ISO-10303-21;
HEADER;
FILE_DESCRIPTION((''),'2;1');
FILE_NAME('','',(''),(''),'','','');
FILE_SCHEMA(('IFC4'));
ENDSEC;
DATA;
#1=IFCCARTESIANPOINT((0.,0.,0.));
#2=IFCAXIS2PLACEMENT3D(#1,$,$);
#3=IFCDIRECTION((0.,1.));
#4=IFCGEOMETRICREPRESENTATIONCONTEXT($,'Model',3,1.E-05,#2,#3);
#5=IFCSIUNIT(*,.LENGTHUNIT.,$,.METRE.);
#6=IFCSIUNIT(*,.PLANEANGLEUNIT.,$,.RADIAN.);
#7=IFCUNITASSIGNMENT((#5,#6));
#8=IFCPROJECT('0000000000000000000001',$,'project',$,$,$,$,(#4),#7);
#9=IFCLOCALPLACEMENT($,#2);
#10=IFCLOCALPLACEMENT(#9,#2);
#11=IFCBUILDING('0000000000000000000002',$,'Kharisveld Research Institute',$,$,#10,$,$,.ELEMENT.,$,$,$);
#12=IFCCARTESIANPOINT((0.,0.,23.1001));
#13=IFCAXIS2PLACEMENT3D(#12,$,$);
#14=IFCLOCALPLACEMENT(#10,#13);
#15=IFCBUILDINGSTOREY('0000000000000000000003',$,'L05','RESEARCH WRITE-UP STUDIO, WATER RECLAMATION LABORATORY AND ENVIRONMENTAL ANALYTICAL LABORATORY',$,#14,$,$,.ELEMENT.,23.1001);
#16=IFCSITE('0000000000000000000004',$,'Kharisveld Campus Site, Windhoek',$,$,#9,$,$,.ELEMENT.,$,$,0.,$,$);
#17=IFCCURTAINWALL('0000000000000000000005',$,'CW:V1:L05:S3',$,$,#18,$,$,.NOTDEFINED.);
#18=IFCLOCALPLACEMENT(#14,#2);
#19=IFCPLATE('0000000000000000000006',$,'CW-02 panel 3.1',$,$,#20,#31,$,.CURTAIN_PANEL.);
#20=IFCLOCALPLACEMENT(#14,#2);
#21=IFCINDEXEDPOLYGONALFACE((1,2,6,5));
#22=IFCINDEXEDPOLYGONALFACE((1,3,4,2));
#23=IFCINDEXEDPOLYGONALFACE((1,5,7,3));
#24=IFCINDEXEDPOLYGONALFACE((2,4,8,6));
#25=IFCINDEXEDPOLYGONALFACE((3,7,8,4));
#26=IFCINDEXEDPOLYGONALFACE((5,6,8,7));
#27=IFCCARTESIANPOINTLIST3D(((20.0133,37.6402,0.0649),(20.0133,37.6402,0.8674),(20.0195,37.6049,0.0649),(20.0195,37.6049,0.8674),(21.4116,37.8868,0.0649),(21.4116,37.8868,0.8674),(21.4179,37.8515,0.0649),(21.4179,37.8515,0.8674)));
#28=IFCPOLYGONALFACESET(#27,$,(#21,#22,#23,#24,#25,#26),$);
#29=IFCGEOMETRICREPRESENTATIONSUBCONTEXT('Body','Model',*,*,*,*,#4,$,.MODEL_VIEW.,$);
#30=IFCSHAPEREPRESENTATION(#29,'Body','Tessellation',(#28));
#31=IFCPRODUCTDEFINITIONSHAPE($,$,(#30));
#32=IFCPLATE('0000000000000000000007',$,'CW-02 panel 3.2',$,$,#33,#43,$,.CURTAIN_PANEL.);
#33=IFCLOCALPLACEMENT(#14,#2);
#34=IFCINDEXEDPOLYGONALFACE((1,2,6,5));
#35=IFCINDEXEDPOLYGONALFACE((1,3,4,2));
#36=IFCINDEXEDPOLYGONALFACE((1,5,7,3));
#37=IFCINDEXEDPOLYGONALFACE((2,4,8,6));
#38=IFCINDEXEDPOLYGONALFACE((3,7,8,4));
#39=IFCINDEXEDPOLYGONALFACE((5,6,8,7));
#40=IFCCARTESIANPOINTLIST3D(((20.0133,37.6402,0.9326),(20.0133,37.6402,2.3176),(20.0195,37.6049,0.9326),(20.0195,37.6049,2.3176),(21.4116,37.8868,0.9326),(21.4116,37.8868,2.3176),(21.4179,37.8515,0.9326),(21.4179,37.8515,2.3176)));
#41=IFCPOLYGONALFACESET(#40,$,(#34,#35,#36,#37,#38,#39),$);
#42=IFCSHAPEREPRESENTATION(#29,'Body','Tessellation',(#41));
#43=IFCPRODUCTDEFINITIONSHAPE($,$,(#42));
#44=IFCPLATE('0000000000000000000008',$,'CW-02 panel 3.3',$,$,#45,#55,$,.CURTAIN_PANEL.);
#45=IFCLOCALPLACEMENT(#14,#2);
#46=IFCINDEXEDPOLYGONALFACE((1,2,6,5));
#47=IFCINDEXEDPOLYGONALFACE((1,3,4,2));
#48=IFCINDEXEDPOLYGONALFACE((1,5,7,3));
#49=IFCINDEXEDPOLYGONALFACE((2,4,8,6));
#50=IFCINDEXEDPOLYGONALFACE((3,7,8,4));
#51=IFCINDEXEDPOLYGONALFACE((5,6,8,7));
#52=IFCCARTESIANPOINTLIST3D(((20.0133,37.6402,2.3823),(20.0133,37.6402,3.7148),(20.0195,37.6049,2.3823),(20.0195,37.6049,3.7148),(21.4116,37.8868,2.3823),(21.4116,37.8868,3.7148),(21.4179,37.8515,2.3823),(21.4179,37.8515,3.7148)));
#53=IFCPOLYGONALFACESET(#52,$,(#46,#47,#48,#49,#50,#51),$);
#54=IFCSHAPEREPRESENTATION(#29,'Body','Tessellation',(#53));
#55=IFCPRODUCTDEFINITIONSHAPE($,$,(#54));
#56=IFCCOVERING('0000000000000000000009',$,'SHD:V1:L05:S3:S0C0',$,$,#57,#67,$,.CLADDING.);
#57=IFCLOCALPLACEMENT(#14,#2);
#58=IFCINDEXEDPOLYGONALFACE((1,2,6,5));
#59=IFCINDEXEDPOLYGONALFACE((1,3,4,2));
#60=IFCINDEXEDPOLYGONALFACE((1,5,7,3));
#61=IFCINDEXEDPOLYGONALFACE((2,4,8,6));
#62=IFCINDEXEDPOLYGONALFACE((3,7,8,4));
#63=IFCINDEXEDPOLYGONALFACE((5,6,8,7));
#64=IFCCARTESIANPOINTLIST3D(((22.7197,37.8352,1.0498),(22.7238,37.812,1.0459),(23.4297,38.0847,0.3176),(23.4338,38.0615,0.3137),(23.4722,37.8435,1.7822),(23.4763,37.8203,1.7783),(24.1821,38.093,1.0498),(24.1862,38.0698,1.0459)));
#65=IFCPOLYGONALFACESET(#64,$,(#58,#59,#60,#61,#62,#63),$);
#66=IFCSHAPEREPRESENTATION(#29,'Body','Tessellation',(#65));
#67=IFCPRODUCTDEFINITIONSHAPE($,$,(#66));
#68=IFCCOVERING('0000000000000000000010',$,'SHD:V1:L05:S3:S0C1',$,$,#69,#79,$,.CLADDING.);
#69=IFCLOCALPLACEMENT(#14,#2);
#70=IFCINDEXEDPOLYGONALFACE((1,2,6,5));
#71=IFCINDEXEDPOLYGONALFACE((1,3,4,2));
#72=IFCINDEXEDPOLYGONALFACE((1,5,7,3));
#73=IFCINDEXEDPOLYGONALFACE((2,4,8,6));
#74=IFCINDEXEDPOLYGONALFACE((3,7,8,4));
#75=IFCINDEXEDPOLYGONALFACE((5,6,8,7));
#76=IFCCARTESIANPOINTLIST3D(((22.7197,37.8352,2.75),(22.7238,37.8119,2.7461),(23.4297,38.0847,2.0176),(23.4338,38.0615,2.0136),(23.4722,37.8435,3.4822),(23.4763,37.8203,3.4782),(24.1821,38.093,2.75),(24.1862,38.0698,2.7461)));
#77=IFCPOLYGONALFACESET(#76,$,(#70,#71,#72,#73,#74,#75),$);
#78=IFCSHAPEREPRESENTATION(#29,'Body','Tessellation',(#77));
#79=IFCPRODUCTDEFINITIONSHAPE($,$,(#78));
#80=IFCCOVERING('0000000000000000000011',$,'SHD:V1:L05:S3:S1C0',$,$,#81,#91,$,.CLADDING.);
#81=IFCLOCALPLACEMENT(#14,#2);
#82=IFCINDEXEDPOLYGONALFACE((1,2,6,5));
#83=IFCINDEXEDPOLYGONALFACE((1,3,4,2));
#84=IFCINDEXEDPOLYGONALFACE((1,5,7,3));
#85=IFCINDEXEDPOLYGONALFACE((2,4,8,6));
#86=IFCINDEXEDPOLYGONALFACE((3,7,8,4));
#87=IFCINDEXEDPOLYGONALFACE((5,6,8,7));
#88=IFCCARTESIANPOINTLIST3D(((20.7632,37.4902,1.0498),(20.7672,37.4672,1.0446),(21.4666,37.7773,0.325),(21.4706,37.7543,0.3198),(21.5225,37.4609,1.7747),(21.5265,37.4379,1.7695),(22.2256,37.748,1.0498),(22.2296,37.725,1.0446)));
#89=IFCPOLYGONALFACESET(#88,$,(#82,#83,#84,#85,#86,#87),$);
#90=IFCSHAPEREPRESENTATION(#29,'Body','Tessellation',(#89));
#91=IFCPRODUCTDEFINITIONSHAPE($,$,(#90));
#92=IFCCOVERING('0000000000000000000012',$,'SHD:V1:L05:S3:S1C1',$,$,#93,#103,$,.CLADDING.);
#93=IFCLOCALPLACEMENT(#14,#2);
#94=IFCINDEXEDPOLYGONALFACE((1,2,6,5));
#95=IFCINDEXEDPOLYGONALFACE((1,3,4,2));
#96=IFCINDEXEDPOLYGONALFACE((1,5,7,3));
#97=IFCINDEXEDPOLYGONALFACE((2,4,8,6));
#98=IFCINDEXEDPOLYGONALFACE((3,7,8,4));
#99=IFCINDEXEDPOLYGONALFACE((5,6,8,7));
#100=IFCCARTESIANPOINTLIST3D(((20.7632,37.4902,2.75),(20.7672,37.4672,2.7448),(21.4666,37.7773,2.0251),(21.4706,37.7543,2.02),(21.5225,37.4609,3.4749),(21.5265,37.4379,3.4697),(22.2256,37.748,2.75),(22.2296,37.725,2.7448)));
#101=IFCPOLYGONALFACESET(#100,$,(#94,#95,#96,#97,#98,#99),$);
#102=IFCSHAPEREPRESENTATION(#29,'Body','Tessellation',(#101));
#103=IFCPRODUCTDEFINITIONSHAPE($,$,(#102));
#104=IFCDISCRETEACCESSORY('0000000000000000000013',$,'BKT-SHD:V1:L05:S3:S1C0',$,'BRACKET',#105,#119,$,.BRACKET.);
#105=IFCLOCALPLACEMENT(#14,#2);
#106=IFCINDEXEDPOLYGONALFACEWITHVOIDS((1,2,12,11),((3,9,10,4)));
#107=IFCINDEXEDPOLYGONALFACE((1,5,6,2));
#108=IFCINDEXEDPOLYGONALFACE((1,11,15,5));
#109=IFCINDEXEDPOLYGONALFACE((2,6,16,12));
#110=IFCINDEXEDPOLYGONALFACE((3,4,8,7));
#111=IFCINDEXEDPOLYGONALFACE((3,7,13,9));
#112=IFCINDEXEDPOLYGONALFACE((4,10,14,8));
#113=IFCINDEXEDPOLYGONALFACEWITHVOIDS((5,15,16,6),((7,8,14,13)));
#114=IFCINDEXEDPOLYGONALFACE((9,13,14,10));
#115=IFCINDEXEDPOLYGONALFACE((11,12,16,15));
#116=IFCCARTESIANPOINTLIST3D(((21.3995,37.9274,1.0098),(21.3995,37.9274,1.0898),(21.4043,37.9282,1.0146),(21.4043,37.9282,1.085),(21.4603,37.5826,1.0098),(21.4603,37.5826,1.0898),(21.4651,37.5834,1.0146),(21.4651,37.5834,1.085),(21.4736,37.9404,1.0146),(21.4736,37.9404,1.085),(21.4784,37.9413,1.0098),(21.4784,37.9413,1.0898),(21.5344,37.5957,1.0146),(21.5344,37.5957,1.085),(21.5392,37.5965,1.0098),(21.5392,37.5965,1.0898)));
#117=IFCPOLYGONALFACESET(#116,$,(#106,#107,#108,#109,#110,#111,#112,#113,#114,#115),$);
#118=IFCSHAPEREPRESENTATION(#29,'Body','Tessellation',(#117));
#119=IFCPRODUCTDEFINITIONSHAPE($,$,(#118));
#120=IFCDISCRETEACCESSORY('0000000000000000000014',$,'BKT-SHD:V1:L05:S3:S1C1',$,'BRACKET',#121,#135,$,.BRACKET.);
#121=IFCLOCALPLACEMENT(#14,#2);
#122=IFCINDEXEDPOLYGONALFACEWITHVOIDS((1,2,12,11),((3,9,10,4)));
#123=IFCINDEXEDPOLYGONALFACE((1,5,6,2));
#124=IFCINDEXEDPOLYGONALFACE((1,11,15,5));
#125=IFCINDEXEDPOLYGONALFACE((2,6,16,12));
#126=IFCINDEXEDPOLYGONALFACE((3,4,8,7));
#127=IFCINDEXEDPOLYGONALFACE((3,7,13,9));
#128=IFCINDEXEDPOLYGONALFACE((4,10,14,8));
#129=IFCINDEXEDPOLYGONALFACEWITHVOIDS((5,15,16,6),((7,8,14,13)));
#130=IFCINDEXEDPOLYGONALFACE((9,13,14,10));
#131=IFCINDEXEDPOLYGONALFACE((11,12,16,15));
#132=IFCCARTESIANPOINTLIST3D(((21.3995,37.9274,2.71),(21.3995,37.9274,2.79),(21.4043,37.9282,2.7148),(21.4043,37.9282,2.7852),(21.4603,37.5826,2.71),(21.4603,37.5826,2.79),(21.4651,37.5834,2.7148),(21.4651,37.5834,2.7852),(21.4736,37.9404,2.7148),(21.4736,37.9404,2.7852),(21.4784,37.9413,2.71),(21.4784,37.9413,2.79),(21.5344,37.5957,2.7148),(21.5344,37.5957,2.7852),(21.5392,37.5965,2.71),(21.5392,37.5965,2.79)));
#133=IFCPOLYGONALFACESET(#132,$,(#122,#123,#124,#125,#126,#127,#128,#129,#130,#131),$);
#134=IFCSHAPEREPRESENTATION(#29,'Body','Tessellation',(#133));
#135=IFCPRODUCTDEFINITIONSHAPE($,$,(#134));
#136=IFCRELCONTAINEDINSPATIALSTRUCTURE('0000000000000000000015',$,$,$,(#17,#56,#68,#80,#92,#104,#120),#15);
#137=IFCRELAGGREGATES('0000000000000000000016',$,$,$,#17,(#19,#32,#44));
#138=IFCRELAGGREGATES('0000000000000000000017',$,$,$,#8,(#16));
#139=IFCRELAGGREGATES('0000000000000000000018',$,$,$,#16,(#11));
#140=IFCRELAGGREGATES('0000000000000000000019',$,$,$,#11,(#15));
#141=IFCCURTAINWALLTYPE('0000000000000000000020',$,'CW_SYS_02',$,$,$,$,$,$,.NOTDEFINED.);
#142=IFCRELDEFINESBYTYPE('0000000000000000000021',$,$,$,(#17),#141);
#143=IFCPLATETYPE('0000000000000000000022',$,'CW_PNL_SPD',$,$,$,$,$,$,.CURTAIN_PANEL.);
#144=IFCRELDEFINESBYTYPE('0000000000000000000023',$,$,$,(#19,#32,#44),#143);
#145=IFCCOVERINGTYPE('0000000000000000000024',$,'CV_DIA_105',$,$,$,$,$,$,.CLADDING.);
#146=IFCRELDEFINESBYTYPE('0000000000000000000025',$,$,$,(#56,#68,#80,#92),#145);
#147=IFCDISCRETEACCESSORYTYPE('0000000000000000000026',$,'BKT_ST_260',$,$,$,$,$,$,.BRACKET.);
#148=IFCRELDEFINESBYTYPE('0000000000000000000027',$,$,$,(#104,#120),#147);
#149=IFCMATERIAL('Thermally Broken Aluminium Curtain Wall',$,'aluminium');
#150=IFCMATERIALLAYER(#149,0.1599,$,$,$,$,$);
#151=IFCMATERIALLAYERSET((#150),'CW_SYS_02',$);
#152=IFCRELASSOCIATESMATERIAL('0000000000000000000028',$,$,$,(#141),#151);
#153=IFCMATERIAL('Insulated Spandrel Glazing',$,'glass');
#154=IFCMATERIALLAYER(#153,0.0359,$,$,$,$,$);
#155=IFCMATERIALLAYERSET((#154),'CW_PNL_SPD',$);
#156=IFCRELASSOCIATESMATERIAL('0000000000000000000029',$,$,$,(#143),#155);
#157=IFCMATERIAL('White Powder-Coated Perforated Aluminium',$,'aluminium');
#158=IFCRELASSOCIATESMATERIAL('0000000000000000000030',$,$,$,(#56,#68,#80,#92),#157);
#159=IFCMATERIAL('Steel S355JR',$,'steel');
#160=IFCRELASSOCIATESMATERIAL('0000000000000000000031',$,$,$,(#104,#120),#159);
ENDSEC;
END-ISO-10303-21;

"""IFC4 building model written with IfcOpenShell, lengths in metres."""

from ifc_helpers import new_model, si_unit, direction, frame, origin, origin_2d, place, context, subcontext, project, spatial, polyline, rectangle, hollow_rectangle, outline, extrude, material, layer, layer_set, type_object, element, aggregate, save


model = new_model("IFC4")

# Units and contexts
model_context = context("Model", 3, precision=1e-05, world=origin(), true_north=direction((0.0, 1.0)))
body_context = subcontext(model_context, "Body", "Model", "MODEL_VIEW")
ifc_project = project(units=[si_unit("LENGTHUNIT", "METRE"), si_unit("PLANEANGLEUNIT", "RADIAN")], contexts=[model_context])

# Site, building, storey
site_placement = place(None, origin())
site = spatial("IfcSite", under=ifc_project, at=site_placement, Name="Kharisveld Campus Site, Windhoek", CompositionType="ELEMENT", RefElevation=0.0)
building_placement = place(site_placement, origin())
building = spatial("IfcBuilding", under=site, at=building_placement, Name="Kharisveld Research Institute", CompositionType="ELEMENT")
storey_placement = place(building_placement, frame((0.0, 0.0, 23.1001)))
storey = spatial("IfcBuildingStorey", under=building, at=storey_placement, Name="L05", Description="RESEARCH WRITE-UP STUDIO, WATER RECLAMATION LABORATORY AND ENVIRONMENTAL ANALYTICAL LABORATORY", CompositionType="ELEMENT", Elevation=23.1001)

# Curtain wall, plates
ifc_material_1 = material(Name="Thermally Broken Aluminium Curtain Wall", Category="aluminium")
ifc_layer_1 = layer(ifc_material_1, 0.1599)
ifc_layer_set_1 = layer_set([ifc_layer_1], Name="CW_SYS_02")
curtain_wall_type = type_object("IfcCurtainWallType", Name="CW_SYS_02", PredefinedType="NOTDEFINED", material=ifc_layer_set_1)
curtain_wall_placement = place(storey_placement, origin())
curtain_wall = element("IfcCurtainWall", 1, at=curtain_wall_placement, inside=storey, type_object=curtain_wall_type, Name="CW:V1:L05:S3", PredefinedType="NOTDEFINED")
ifc_material_2 = material(Name="Insulated Spandrel Glazing", Category="glass")
ifc_layer_2 = layer(ifc_material_2, 0.0359)
ifc_layer_set_2 = layer_set([ifc_layer_2], Name="CW_PNL_SPD")
plate_type = type_object("IfcPlateType", Name="CW_PNL_SPD", PredefinedType="CURTAIN_PANEL", material=ifc_layer_set_2)
plate_1_placement = place(storey_placement, frame((20.7156, 37.7458, 0.0649), z_axis=(0.0, 0.0, 1.0), x_axis=(-0.984808, -0.173648, 0.0)))
plate_1 = element("IfcPlate", 2, at=plate_1_placement, type_object=plate_type, Name="CW-02 panel 3.1", PredefinedType="CURTAIN_PANEL", context=body_context, shape_type="SweptSolid", body=[
    extrude(rectangle(XDim=1.4199, YDim=0.0359, at=origin_2d()), origin(), (0.0, 0.0, 1.0), 0.8025),
])
plate_2_placement = place(storey_placement, frame((20.7156, 37.7458, 0.9326), z_axis=(0.0, 0.0, 1.0), x_axis=(-0.984808, -0.173648, 0.0)))
plate_2 = element("IfcPlate", 3, at=plate_2_placement, type_object=plate_type, Name="CW-02 panel 3.2", PredefinedType="CURTAIN_PANEL", context=body_context, shape_type="SweptSolid", body=[
    extrude(rectangle(XDim=1.4199, YDim=0.0359, at=origin_2d()), origin(), (0.0, 0.0, 1.0), 1.385),
])
plate_3_placement = place(storey_placement, frame((20.7156, 37.7458, 2.3823), z_axis=(0.0, 0.0, 1.0), x_axis=(-0.984808, -0.173648, 0.0)))
plate_3 = element("IfcPlate", 4, at=plate_3_placement, type_object=plate_type, Name="CW-02 panel 3.3", PredefinedType="CURTAIN_PANEL", context=body_context, shape_type="SweptSolid", body=[
    extrude(rectangle(XDim=1.4199, YDim=0.0359, at=origin_2d()), origin(), (0.0, 0.0, 1.0), 1.3325),
])
aggregate(curtain_wall, [plate_1, plate_2, plate_3])

# Coverings
ifc_material_3 = material(Name="White Powder-Coated Perforated Aluminium", Category="aluminium")
covering_type = type_object("IfcCoveringType", Name="CV_DIA_105", PredefinedType="CLADDING")
covering_1_placement = place(storey_placement, frame((23.4297, 38.0847, 0.3176), z_axis=(-0.171239, 0.971325, 0.164938), x_axis=(-0.676192, -0.237624, 0.697352)))
element("IfcCovering", 5, at=covering_1_placement, inside=storey, type_object=covering_type, material=ifc_material_3, Name="SHD:V1:L05:S3:S0C0", PredefinedType="CLADDING", context=body_context, shape_type="SweptSolid", body=[
    extrude(outline(polyline([(0.0, 0.0), (1.0499, 0.0), (1.0499, 1.0501), (-0.0002, 1.0499), (0.0, 0.0)])), origin(), (0.0, 0.0, -1.0), 0.0239),
])
covering_2_placement = place(storey_placement, frame((23.4297, 38.0847, 2.0176), z_axis=(-0.171239, 0.971325, 0.164938), x_axis=(-0.676076, -0.237623, 0.697465)))
element("IfcCovering", 6, at=covering_2_placement, inside=storey, type_object=covering_type, material=ifc_material_3, Name="SHD:V1:L05:S3:S0C1", PredefinedType="CLADDING", context=body_context, shape_type="SweptSolid", body=[
    extrude(outline(polyline([(0.0, 0.0), (1.0501, 0.0), (1.0501, 1.0499), (0.0002, 1.0501), (0.0, 0.0)])), origin(), (0.0, 0.0, -1.0), 0.0239),
])
for number, where, z_axis, x_axis, name in (
    (7, (21.4666, 37.7773, 0.325), (-0.169503, 0.961481, 0.216385), (-0.66985, -0.273447, 0.69031), "SHD:V1:L05:S3:S1C0"),
    (8, (21.4666, 37.7773, 2.0251), (-0.169503, 0.961481, 0.216385), (-0.66985, -0.273447, 0.69031), "SHD:V1:L05:S3:S1C1"),
):
    element("IfcCovering", number, at=place(storey_placement, frame(where, z_axis=z_axis, x_axis=x_axis)), inside=storey, type_object=covering_type, material=ifc_material_3, Name=name, PredefinedType="CLADDING", context=body_context, shape_type="SweptSolid", body=[
        extrude(outline(polyline([(0.0, 0.0), (1.05, 0.0), (1.0498, 1.0501), (-0.0001, 1.05), (0.0, 0.0)])), origin(), (0.0, 0.0, -1.0), 0.0239),
    ])

# Discrete accessories
ifc_material_4 = material(Name="Steel S355JR", Category="steel")
discrete_accessory_type = type_object("IfcDiscreteAccessoryType", Name="BKT_ST_260", PredefinedType="BRACKET")
for number, where, z_axis, x_axis, name in (
    (9, (21.439, 37.9343, 1.0498), (0.173666, -0.984805, 0.0), (0.984805, 0.173666, 0.0), "BKT-SHD:V1:L05:S3:S1C0"),
    (10, (21.439, 37.9343, 2.75), (0.173666, -0.984805, 0.0), (0.984805, 0.173666, 0.0), "BKT-SHD:V1:L05:S3:S1C1"),
):
    element("IfcDiscreteAccessory", number, at=place(storey_placement, frame(where, z_axis=z_axis, x_axis=x_axis)), inside=storey, type_object=discrete_accessory_type, material=ifc_material_4, Name=name, ObjectType="BRACKET", PredefinedType="BRACKET", context=body_context, shape_type="SweptSolid", body=[
        extrude(hollow_rectangle(XDim=0.0801, YDim=0.0801, WallThickness=0.0049, at=origin_2d()), origin(), (0.0, 0.0, 1.0), 0.3501),
    ])

save(model, "model.ifc")
